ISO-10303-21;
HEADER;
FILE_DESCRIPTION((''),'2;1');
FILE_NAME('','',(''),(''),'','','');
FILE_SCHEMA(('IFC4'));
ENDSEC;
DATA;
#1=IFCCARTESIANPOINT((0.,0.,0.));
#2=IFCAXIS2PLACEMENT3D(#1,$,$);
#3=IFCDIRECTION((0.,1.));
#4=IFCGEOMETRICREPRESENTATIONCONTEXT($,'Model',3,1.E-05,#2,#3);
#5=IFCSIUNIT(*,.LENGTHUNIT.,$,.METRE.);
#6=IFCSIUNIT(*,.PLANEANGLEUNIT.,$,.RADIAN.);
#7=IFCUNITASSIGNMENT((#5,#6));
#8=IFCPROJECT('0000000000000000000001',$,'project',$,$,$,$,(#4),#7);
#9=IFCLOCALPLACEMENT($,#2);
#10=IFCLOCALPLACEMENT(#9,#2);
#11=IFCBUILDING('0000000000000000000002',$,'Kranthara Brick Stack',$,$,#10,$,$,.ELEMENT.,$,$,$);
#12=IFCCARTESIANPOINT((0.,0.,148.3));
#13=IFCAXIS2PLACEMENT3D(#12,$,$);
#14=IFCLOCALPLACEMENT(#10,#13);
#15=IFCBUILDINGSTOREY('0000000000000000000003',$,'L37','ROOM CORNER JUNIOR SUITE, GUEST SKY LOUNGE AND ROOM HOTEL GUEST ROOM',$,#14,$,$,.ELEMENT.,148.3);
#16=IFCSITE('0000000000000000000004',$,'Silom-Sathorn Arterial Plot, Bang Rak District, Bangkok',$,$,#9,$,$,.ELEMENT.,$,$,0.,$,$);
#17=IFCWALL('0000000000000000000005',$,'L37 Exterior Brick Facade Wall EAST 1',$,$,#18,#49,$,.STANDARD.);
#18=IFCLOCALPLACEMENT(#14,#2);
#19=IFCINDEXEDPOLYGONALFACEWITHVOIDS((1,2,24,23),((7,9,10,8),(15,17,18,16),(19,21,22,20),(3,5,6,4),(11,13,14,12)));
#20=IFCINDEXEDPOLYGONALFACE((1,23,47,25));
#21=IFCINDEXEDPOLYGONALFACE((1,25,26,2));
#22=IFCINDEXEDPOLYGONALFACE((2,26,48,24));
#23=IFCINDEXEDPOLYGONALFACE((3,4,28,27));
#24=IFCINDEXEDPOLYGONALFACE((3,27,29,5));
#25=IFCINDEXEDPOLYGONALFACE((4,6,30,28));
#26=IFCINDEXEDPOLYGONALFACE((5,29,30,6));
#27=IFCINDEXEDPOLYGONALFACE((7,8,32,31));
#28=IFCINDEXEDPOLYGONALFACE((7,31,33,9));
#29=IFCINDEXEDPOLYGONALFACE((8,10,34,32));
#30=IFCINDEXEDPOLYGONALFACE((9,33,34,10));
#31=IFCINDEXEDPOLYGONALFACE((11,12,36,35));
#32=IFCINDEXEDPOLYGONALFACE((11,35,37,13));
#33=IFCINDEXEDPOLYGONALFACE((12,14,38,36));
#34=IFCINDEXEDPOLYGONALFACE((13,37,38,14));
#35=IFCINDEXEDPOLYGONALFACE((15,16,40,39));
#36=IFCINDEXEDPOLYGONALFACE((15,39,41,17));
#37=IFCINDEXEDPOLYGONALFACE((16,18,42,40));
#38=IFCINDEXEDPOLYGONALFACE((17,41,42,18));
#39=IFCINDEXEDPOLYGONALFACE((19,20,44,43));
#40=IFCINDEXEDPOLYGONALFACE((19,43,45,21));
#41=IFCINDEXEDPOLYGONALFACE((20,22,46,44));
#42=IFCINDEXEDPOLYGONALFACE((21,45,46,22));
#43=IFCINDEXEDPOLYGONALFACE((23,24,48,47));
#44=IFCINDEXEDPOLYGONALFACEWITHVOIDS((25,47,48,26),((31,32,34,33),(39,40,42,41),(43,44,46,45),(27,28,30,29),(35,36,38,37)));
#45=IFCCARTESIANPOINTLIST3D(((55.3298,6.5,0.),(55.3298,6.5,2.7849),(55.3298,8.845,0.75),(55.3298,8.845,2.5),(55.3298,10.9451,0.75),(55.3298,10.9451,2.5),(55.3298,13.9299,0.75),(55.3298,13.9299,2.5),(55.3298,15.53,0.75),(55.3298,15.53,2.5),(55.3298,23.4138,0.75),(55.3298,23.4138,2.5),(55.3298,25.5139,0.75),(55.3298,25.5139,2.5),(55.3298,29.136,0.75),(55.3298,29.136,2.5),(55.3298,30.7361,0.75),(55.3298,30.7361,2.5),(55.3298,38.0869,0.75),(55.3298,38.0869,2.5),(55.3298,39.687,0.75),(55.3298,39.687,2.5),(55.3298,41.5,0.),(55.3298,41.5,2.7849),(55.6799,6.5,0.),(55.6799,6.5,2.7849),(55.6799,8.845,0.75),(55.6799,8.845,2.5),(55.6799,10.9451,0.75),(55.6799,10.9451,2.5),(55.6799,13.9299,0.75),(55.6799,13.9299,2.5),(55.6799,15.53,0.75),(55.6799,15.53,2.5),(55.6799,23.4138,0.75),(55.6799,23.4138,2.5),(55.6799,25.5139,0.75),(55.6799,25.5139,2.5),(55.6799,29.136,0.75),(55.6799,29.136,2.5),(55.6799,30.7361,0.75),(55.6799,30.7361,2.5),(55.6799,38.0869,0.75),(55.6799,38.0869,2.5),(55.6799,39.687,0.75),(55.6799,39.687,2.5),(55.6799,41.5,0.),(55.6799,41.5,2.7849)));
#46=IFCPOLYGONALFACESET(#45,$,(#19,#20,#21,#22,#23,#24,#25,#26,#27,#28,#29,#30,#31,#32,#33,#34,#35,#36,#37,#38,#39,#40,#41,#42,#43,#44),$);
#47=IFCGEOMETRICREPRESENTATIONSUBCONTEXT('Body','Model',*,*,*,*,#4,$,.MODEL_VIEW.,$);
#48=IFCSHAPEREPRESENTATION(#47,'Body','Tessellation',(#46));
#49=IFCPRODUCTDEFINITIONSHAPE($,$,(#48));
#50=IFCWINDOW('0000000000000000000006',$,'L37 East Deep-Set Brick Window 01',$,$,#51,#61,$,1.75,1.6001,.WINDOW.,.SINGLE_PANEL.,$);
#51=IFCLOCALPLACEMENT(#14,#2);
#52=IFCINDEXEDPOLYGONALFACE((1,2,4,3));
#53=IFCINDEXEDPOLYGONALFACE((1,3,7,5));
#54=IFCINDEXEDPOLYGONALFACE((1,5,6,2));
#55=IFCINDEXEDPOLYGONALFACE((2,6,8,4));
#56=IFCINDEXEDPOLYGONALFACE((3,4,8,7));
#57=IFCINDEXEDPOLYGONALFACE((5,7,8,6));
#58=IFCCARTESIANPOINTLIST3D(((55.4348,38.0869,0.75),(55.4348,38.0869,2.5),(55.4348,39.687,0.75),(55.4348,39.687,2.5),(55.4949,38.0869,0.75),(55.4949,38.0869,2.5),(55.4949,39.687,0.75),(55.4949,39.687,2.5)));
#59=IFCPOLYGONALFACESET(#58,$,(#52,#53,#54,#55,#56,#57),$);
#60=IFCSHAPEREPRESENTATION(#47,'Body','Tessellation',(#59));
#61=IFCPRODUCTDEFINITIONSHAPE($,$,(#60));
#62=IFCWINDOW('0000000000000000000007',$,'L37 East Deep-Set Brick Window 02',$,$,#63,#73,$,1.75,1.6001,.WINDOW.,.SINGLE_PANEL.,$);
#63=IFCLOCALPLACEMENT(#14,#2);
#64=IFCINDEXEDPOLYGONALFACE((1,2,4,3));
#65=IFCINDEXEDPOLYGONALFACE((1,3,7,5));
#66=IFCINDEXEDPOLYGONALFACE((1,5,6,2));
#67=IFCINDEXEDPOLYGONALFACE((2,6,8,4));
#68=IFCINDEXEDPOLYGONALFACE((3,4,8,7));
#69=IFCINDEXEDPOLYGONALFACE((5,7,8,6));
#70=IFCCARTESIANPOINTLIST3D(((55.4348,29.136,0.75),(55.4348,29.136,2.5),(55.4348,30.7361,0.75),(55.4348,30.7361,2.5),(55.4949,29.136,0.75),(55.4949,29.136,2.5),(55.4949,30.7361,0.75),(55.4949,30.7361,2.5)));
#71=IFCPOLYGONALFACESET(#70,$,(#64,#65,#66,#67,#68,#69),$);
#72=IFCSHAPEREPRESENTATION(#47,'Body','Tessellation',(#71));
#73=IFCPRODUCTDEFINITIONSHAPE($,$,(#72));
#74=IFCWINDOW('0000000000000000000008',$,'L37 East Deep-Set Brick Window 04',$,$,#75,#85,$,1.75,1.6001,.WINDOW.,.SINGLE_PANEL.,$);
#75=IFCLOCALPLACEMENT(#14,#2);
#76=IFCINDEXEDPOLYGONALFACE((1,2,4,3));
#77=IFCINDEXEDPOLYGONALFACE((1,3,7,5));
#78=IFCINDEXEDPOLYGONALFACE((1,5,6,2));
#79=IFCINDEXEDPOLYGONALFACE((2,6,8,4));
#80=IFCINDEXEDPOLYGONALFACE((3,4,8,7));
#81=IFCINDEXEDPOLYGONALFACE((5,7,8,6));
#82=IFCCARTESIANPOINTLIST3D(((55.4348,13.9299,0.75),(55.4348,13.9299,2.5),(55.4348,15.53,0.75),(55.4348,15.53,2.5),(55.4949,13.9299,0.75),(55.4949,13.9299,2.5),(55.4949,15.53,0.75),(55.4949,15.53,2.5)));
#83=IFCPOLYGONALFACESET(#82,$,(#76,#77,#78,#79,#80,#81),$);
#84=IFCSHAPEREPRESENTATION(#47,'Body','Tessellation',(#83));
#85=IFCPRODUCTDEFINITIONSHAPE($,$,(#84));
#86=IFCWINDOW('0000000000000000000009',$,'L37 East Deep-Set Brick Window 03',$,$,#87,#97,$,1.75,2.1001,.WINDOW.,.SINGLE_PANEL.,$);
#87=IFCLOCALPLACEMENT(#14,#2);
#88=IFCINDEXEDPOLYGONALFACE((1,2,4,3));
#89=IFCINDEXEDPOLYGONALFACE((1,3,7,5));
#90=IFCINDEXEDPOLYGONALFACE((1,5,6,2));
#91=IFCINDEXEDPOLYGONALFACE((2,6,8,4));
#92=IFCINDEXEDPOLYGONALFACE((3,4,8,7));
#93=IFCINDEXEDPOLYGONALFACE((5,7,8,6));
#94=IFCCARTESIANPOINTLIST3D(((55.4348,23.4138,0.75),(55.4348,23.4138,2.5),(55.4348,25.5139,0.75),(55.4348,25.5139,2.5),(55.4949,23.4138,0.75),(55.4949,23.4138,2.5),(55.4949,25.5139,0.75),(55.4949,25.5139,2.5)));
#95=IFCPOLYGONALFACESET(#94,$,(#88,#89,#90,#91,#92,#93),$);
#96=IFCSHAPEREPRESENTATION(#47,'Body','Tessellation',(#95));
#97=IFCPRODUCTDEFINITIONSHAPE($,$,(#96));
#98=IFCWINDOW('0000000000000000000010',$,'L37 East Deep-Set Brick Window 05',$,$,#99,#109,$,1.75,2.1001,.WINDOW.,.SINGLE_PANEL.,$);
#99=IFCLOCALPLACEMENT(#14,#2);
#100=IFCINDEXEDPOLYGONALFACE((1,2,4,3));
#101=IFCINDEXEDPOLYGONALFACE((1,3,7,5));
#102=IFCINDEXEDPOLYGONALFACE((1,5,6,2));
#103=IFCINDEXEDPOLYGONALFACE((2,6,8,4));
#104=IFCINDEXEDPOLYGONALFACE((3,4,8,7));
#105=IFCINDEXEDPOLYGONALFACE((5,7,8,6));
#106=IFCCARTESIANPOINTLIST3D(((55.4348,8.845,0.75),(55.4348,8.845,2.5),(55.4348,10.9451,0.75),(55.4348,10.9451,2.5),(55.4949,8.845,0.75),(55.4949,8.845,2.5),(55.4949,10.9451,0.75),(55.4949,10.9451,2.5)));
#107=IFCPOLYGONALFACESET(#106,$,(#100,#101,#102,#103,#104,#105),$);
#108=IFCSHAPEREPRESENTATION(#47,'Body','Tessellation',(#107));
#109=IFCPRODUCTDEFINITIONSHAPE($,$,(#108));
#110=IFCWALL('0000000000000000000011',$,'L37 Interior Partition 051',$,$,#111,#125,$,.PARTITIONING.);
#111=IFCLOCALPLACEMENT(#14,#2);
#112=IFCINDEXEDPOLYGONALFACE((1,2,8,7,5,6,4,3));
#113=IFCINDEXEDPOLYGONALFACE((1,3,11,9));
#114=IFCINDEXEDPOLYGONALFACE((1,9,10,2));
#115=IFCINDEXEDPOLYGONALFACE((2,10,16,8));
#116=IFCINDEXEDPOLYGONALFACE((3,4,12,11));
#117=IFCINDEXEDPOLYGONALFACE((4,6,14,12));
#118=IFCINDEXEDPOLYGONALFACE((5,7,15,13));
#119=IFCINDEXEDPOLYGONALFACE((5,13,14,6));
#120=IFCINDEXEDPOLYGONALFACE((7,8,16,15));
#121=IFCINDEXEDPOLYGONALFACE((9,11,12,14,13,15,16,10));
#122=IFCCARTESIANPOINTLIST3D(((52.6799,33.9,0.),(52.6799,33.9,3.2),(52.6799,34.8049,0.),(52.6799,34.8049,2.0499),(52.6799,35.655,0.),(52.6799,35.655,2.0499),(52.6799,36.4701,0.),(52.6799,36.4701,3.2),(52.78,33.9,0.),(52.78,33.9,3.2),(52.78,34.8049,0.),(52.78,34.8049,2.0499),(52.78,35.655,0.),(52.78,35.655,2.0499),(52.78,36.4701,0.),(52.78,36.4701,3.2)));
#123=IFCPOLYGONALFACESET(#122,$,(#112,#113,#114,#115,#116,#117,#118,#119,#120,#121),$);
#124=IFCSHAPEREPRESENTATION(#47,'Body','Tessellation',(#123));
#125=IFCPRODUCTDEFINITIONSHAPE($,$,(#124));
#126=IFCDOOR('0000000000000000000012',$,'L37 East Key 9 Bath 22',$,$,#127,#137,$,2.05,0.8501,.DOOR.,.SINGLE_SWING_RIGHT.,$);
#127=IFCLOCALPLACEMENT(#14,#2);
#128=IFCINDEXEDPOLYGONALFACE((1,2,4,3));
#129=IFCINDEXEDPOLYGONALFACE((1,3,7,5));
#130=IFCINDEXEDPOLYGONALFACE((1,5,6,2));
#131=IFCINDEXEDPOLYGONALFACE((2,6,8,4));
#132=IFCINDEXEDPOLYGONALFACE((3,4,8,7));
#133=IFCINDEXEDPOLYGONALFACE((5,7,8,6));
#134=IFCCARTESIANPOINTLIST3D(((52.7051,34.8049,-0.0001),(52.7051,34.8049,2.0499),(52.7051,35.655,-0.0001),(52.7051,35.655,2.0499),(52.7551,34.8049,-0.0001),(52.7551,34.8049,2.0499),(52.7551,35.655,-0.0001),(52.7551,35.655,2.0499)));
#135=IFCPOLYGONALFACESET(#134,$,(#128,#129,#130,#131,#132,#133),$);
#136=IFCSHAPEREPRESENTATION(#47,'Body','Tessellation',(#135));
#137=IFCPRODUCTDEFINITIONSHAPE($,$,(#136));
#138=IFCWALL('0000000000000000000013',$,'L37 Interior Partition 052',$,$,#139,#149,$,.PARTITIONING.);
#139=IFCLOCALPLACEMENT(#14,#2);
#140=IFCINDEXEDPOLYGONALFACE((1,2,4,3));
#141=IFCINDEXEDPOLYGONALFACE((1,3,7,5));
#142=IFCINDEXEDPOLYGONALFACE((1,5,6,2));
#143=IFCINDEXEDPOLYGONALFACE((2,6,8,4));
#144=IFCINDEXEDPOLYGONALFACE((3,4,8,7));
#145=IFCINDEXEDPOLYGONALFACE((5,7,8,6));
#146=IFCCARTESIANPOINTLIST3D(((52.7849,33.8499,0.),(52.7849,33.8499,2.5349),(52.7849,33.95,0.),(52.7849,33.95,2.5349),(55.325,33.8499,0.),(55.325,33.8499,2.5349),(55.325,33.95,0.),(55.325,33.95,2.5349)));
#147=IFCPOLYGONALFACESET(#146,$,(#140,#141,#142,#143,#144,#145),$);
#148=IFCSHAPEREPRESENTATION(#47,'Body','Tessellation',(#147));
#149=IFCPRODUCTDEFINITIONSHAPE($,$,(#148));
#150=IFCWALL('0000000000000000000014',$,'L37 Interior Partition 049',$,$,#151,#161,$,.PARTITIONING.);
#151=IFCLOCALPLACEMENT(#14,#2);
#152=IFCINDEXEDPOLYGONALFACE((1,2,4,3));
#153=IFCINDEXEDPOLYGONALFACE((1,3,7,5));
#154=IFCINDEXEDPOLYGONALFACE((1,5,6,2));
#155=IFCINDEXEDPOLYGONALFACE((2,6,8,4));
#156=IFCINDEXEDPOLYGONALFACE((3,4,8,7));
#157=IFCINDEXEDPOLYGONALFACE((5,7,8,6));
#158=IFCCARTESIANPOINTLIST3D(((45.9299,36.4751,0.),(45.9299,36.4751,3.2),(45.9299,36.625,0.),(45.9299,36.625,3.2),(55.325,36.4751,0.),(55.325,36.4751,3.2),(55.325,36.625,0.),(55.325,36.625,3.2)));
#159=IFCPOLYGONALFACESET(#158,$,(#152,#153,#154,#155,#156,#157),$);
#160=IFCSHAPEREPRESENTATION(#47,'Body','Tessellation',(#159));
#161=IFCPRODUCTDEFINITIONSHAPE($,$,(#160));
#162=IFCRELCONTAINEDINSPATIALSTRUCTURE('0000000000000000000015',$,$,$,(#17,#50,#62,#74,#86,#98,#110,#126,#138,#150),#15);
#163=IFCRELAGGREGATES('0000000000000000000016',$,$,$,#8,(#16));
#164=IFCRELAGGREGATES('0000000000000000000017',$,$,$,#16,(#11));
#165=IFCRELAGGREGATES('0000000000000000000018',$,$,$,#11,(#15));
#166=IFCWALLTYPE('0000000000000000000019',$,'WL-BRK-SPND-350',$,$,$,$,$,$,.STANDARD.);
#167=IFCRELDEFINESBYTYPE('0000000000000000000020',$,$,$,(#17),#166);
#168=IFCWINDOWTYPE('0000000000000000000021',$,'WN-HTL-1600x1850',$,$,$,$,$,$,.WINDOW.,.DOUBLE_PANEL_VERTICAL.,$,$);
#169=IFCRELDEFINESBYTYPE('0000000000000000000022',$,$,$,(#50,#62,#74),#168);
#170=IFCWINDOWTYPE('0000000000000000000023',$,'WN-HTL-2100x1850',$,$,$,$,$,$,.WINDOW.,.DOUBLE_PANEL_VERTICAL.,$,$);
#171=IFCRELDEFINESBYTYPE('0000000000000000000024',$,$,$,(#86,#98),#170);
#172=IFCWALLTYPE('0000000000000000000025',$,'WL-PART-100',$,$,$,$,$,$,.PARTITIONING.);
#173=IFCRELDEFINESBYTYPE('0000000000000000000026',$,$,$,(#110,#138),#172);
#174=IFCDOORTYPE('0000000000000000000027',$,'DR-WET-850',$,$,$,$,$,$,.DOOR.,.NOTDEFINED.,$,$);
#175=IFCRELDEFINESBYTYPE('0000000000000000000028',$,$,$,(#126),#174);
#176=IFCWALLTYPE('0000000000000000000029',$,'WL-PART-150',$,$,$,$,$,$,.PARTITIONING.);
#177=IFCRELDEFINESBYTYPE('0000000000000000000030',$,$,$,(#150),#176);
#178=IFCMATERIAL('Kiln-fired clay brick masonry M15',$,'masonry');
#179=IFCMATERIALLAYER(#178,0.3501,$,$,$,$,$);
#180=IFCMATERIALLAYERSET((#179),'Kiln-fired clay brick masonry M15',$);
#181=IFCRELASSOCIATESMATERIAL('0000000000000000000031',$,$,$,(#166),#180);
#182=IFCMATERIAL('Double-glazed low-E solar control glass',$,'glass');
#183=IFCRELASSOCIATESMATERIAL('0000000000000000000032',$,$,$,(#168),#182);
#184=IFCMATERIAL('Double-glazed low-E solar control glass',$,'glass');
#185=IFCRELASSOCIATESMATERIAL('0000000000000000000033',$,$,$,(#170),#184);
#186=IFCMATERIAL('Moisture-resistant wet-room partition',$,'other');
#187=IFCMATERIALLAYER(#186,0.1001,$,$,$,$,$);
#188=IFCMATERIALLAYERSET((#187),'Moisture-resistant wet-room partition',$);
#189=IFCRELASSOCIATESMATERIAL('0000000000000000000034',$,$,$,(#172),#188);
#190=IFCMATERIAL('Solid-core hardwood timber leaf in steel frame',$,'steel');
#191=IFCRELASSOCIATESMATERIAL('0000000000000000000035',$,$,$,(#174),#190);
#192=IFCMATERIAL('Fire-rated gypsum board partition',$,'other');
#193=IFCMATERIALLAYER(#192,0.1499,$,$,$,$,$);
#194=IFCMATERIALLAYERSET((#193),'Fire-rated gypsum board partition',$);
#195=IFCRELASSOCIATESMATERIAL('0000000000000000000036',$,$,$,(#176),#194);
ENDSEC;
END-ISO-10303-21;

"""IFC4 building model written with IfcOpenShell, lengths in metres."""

from ifc_helpers import new_model, si_unit, direction, frame, frame_2d, origin, place, context, subcontext, project, spatial, rectangle, extrude, material, layer, layer_set, type_object, element, fill, save


model = new_model("IFC4")

# Units and contexts
model_context = context("Model", 3, precision=1e-05, world=origin(), true_north=direction((0.0, 1.0)))
body_context = subcontext(model_context, "Body", "Model", "MODEL_VIEW")
ifc_project = project(units=[si_unit("LENGTHUNIT", "METRE"), si_unit("PLANEANGLEUNIT", "RADIAN")], contexts=[model_context])

# Site, building, storey
site_placement = place(None, origin())
site = spatial("IfcSite", under=ifc_project, at=site_placement, Name="Silom-Sathorn Arterial Plot, Bang Rak District, Bangkok", CompositionType="ELEMENT", RefElevation=0.0)
building_placement = place(site_placement, origin())
building = spatial("IfcBuilding", under=site, at=building_placement, Name="Kranthara Brick Stack", CompositionType="ELEMENT")
storey_placement = place(building_placement, frame((0.0, 0.0, 148.3)))
storey = spatial("IfcBuildingStorey", under=building, at=storey_placement, Name="L37", Description="ROOM CORNER JUNIOR SUITE, GUEST SKY LOUNGE AND ROOM HOTEL GUEST ROOM", CompositionType="ELEMENT", Elevation=148.3)

# Shared definitions
ifc_material_1 = material(Name="Kiln-fired clay brick masonry M15", Category="masonry")
ifc_layer_1 = layer(ifc_material_1, 0.3501)
ifc_layer_set_1 = layer_set([ifc_layer_1], Name="Kiln-fired clay brick masonry M15")
wall_type_1 = type_object("IfcWallType", Name="WL-BRK-SPND-350", PredefinedType="STANDARD", material=ifc_layer_set_1)

# Wall, openings, windows
wall_1_placement = place(storey_placement, frame((55.5049, 41.5, 0.0), z_axis=(0.0, 0.0, 1.0), x_axis=(0.0, -1.0, 0.0)))
wall_1 = element("IfcWall", 1, at=wall_1_placement, inside=storey, type_object=wall_type_1, Name="L37 Exterior Brick Facade Wall EAST 1", PredefinedType="STANDARD", context=body_context, shape_type="SweptSolid", body=[
    extrude(rectangle(XDim=35.0, YDim=0.3501, at=frame_2d((17.5, 0.0))), origin(), (0.0, 0.0, 1.0), 2.7849),
])
opening_1_placement = place(wall_1_placement, frame((1.813, 0.0, 0.75)))
opening_1 = element("IfcOpeningElement", 2, at=opening_1_placement, cuts=wall_1, PredefinedType="OPENING", context=body_context, shape_type="SweptSolid", body=[
    extrude(rectangle(XDim=1.6001, YDim=1.75, at=frame_2d((0.8, 0.875))), frame((0.0, 0.1851, 0.0), z_axis=(0.0, -1.0, 0.0), x_axis=(1.0, 0.0, 0.0)), (0.0, 0.0, 1.0), 0.3701),
])
opening_2_placement = place(wall_1_placement, frame((10.7639, 0.0, 0.75)))
opening_2 = element("IfcOpeningElement", 3, at=opening_2_placement, cuts=wall_1, PredefinedType="OPENING", context=body_context, shape_type="SweptSolid", body=[
    extrude(rectangle(XDim=1.6001, YDim=1.75, at=frame_2d((0.8, 0.875))), frame((0.0, 0.1851, 0.0), z_axis=(0.0, -1.0, 0.0), x_axis=(1.0, 0.0, 0.0)), (0.0, 0.0, 1.0), 0.3701),
])
opening_3_placement = place(wall_1_placement, frame((15.9861, 0.0, 0.75)))
opening_3 = element("IfcOpeningElement", 4, at=opening_3_placement, cuts=wall_1, PredefinedType="OPENING", context=body_context, shape_type="SweptSolid", body=[
    extrude(rectangle(XDim=2.1001, YDim=1.75, at=frame_2d((1.05, 0.875))), frame((0.0, 0.1851, 0.0), z_axis=(0.0, -1.0, 0.0), x_axis=(1.0, 0.0, 0.0)), (0.0, 0.0, 1.0), 0.3701),
])
opening_4_placement = place(wall_1_placement, frame((25.97, 0.0, 0.75)))
opening_4 = element("IfcOpeningElement", 5, at=opening_4_placement, cuts=wall_1, PredefinedType="OPENING", context=body_context, shape_type="SweptSolid", body=[
    extrude(rectangle(XDim=1.6001, YDim=1.75, at=frame_2d((0.8, 0.875))), frame((0.0, 0.1851, 0.0), z_axis=(0.0, -1.0, 0.0), x_axis=(1.0, 0.0, 0.0)), (0.0, 0.0, 1.0), 0.3701),
])
opening_5_placement = place(wall_1_placement, frame((30.5549, 0.0, 0.75)))
opening_5 = element("IfcOpeningElement", 6, at=opening_5_placement, cuts=wall_1, PredefinedType="OPENING", context=body_context, shape_type="SweptSolid", body=[
    extrude(rectangle(XDim=2.1001, YDim=1.75, at=frame_2d((1.05, 0.875))), frame((0.0, 0.1851, 0.0), z_axis=(0.0, -1.0, 0.0), x_axis=(1.0, 0.0, 0.0)), (0.0, 0.0, 1.0), 0.3701),
])
ifc_material_2 = material(Name="Double-glazed low-E solar control glass", Category="glass")
window_type_1 = type_object("IfcWindowType", Name="WN-HTL-1600x1850", PartitioningType="DOUBLE_PANEL_VERTICAL", PredefinedType="WINDOW", material=ifc_material_2)
window_1_placement = place(opening_1_placement, origin())
window_1 = element("IfcWindow", 7, at=window_1_placement, inside=storey, type_object=window_type_1, Name="L37 East Deep-Set Brick Window 01", OverallHeight=1.75, OverallWidth=1.6001, PartitioningType="SINGLE_PANEL", PredefinedType="WINDOW", context=body_context, shape_type="SweptSolid", body=[
    extrude(rectangle(XDim=1.6001, YDim=1.75, at=frame_2d((0.8, 0.875))), frame((0.0, -0.01, 0.0), z_axis=(0.0, -1.0, 0.0), x_axis=(1.0, 0.0, 0.0)), (0.0, 0.0, 1.0), 0.0601),
])
fill(opening_1, window_1)
window_2_placement = place(opening_2_placement, origin())
window_2 = element("IfcWindow", 8, at=window_2_placement, inside=storey, type_object=window_type_1, Name="L37 East Deep-Set Brick Window 02", OverallHeight=1.75, OverallWidth=1.6001, PartitioningType="SINGLE_PANEL", PredefinedType="WINDOW", context=body_context, shape_type="SweptSolid", body=[
    extrude(rectangle(XDim=1.6001, YDim=1.75, at=frame_2d((0.8, 0.875))), frame((0.0, -0.01, 0.0), z_axis=(0.0, -1.0, 0.0), x_axis=(1.0, 0.0, 0.0)), (0.0, 0.0, 1.0), 0.0601),
])
fill(opening_2, window_2)
window_3_placement = place(opening_4_placement, origin())
window_3 = element("IfcWindow", 9, at=window_3_placement, inside=storey, type_object=window_type_1, Name="L37 East Deep-Set Brick Window 04", OverallHeight=1.75, OverallWidth=1.6001, PartitioningType="SINGLE_PANEL", PredefinedType="WINDOW", context=body_context, shape_type="SweptSolid", body=[
    extrude(rectangle(XDim=1.6001, YDim=1.75, at=frame_2d((0.8, 0.875))), frame((0.0, -0.01, 0.0), z_axis=(0.0, -1.0, 0.0), x_axis=(1.0, 0.0, 0.0)), (0.0, 0.0, 1.0), 0.0601),
])
fill(opening_4, window_3)
ifc_material_3 = material(Name="Double-glazed low-E solar control glass", Category="glass")
window_type_2 = type_object("IfcWindowType", Name="WN-HTL-2100x1850", PartitioningType="DOUBLE_PANEL_VERTICAL", PredefinedType="WINDOW", material=ifc_material_3)
window_4_placement = place(opening_3_placement, origin())
window_4 = element("IfcWindow", 10, at=window_4_placement, inside=storey, type_object=window_type_2, Name="L37 East Deep-Set Brick Window 03", OverallHeight=1.75, OverallWidth=2.1001, PartitioningType="SINGLE_PANEL", PredefinedType="WINDOW", context=body_context, shape_type="SweptSolid", body=[
    extrude(rectangle(XDim=2.1001, YDim=1.75, at=frame_2d((1.05, 0.875))), frame((0.0, -0.01, 0.0), z_axis=(0.0, -1.0, 0.0), x_axis=(1.0, 0.0, 0.0)), (0.0, 0.0, 1.0), 0.0601),
])
fill(opening_3, window_4)
window_5_placement = place(opening_5_placement, origin())
window_5 = element("IfcWindow", 11, at=window_5_placement, inside=storey, type_object=window_type_2, Name="L37 East Deep-Set Brick Window 05", OverallHeight=1.75, OverallWidth=2.1001, PartitioningType="SINGLE_PANEL", PredefinedType="WINDOW", context=body_context, shape_type="SweptSolid", body=[
    extrude(rectangle(XDim=2.1001, YDim=1.75, at=frame_2d((1.05, 0.875))), frame((0.0, -0.01, 0.0), z_axis=(0.0, -1.0, 0.0), x_axis=(1.0, 0.0, 0.0)), (0.0, 0.0, 1.0), 0.0601),
])
fill(opening_5, window_5)

# Wall, opening, door
ifc_material_4 = material(Name="Moisture-resistant wet-room partition", Category="other")
ifc_layer_2 = layer(ifc_material_4, 0.1001)
ifc_layer_set_2 = layer_set([ifc_layer_2], Name="Moisture-resistant wet-room partition")
wall_type_2 = type_object("IfcWallType", Name="WL-PART-100", PredefinedType="PARTITIONING", material=ifc_layer_set_2)
wall_2_placement = place(storey_placement, frame((52.73, 33.8999, 0.0), z_axis=(0.0, 0.0, 1.0), x_axis=(0.0, 1.0, 0.0)))
wall_2 = element("IfcWall", 12, at=wall_2_placement, inside=storey, type_object=wall_type_2, Name="L37 Interior Partition 051", PredefinedType="PARTITIONING", context=body_context, shape_type="SweptSolid", body=[
    extrude(rectangle(XDim=2.5701, YDim=0.1001, at=frame_2d((1.2852, 0.0))), origin(), (0.0, 0.0, 1.0), 3.2),
])
opening_6_placement = place(wall_2_placement, frame((0.905, 0.0, 0.0)))
opening_6 = element("IfcOpeningElement", 13, at=opening_6_placement, cuts=wall_2, PredefinedType="OPENING", context=body_context, shape_type="SweptSolid", body=[
    extrude(rectangle(XDim=0.8501, YDim=2.05, at=frame_2d((0.425, 1.0249))), frame((0.0, 0.0601, 0.0), z_axis=(0.0, -1.0, 0.0), x_axis=(1.0, 0.0, 0.0)), (0.0, 0.0, 1.0), 0.1201),
])
ifc_material_5 = material(Name="Solid-core hardwood timber leaf in steel frame", Category="steel")
door_type = type_object("IfcDoorType", Name="DR-WET-850", OperationType="NOTDEFINED", PredefinedType="DOOR", material=ifc_material_5)
door_placement = place(opening_6_placement, origin())
door = element("IfcDoor", 14, at=door_placement, inside=storey, type_object=door_type, Name="L37 East Key 9 Bath 22", OperationType="SINGLE_SWING_RIGHT", OverallHeight=2.05, OverallWidth=0.8501, PredefinedType="DOOR", context=body_context, shape_type="SweptSolid", body=[
    extrude(rectangle(XDim=0.8501, YDim=2.05, at=frame_2d((0.425, 1.0249))), frame((0.0, 0.0249, 0.0), z_axis=(0.0, -1.0, 0.0), x_axis=(1.0, 0.0, 0.0)), (0.0, 0.0, 1.0), 0.05),
])
fill(opening_6, door)

# Walls
wall_3_placement = place(storey_placement, frame((52.7849, 33.8999, 0.0), z_axis=(0.0, 0.0, 1.0), x_axis=(1.0, 0.0, 0.0)))
element("IfcWall", 15, at=wall_3_placement, inside=storey, type_object=wall_type_2, Name="L37 Interior Partition 052", PredefinedType="PARTITIONING", context=body_context, shape_type="SweptSolid", body=[
    extrude(rectangle(XDim=2.54, YDim=0.1001, at=frame_2d((1.27, 0.0))), origin(), (0.0, 0.0, 1.0), 2.5349),
])
ifc_material_6 = material(Name="Fire-rated gypsum board partition", Category="other")
ifc_layer_3 = layer(ifc_material_6, 0.1499)
ifc_layer_set_3 = layer_set([ifc_layer_3], Name="Fire-rated gypsum board partition")
wall_type_3 = type_object("IfcWallType", Name="WL-PART-150", PredefinedType="PARTITIONING", material=ifc_layer_set_3)
wall_4_placement = place(storey_placement, frame((45.9299, 36.55, 0.0), z_axis=(0.0, 0.0, 1.0), x_axis=(1.0, 0.0, 0.0)))
element("IfcWall", 16, at=wall_4_placement, inside=storey, type_object=wall_type_3, Name="L37 Interior Partition 049", PredefinedType="PARTITIONING", context=body_context, shape_type="SweptSolid", body=[
    extrude(rectangle(XDim=9.395, YDim=0.1499, at=frame_2d((4.6975, 0.0))), origin(), (0.0, 0.0, 1.0), 3.2),
])

save(model, "model.ifc")
